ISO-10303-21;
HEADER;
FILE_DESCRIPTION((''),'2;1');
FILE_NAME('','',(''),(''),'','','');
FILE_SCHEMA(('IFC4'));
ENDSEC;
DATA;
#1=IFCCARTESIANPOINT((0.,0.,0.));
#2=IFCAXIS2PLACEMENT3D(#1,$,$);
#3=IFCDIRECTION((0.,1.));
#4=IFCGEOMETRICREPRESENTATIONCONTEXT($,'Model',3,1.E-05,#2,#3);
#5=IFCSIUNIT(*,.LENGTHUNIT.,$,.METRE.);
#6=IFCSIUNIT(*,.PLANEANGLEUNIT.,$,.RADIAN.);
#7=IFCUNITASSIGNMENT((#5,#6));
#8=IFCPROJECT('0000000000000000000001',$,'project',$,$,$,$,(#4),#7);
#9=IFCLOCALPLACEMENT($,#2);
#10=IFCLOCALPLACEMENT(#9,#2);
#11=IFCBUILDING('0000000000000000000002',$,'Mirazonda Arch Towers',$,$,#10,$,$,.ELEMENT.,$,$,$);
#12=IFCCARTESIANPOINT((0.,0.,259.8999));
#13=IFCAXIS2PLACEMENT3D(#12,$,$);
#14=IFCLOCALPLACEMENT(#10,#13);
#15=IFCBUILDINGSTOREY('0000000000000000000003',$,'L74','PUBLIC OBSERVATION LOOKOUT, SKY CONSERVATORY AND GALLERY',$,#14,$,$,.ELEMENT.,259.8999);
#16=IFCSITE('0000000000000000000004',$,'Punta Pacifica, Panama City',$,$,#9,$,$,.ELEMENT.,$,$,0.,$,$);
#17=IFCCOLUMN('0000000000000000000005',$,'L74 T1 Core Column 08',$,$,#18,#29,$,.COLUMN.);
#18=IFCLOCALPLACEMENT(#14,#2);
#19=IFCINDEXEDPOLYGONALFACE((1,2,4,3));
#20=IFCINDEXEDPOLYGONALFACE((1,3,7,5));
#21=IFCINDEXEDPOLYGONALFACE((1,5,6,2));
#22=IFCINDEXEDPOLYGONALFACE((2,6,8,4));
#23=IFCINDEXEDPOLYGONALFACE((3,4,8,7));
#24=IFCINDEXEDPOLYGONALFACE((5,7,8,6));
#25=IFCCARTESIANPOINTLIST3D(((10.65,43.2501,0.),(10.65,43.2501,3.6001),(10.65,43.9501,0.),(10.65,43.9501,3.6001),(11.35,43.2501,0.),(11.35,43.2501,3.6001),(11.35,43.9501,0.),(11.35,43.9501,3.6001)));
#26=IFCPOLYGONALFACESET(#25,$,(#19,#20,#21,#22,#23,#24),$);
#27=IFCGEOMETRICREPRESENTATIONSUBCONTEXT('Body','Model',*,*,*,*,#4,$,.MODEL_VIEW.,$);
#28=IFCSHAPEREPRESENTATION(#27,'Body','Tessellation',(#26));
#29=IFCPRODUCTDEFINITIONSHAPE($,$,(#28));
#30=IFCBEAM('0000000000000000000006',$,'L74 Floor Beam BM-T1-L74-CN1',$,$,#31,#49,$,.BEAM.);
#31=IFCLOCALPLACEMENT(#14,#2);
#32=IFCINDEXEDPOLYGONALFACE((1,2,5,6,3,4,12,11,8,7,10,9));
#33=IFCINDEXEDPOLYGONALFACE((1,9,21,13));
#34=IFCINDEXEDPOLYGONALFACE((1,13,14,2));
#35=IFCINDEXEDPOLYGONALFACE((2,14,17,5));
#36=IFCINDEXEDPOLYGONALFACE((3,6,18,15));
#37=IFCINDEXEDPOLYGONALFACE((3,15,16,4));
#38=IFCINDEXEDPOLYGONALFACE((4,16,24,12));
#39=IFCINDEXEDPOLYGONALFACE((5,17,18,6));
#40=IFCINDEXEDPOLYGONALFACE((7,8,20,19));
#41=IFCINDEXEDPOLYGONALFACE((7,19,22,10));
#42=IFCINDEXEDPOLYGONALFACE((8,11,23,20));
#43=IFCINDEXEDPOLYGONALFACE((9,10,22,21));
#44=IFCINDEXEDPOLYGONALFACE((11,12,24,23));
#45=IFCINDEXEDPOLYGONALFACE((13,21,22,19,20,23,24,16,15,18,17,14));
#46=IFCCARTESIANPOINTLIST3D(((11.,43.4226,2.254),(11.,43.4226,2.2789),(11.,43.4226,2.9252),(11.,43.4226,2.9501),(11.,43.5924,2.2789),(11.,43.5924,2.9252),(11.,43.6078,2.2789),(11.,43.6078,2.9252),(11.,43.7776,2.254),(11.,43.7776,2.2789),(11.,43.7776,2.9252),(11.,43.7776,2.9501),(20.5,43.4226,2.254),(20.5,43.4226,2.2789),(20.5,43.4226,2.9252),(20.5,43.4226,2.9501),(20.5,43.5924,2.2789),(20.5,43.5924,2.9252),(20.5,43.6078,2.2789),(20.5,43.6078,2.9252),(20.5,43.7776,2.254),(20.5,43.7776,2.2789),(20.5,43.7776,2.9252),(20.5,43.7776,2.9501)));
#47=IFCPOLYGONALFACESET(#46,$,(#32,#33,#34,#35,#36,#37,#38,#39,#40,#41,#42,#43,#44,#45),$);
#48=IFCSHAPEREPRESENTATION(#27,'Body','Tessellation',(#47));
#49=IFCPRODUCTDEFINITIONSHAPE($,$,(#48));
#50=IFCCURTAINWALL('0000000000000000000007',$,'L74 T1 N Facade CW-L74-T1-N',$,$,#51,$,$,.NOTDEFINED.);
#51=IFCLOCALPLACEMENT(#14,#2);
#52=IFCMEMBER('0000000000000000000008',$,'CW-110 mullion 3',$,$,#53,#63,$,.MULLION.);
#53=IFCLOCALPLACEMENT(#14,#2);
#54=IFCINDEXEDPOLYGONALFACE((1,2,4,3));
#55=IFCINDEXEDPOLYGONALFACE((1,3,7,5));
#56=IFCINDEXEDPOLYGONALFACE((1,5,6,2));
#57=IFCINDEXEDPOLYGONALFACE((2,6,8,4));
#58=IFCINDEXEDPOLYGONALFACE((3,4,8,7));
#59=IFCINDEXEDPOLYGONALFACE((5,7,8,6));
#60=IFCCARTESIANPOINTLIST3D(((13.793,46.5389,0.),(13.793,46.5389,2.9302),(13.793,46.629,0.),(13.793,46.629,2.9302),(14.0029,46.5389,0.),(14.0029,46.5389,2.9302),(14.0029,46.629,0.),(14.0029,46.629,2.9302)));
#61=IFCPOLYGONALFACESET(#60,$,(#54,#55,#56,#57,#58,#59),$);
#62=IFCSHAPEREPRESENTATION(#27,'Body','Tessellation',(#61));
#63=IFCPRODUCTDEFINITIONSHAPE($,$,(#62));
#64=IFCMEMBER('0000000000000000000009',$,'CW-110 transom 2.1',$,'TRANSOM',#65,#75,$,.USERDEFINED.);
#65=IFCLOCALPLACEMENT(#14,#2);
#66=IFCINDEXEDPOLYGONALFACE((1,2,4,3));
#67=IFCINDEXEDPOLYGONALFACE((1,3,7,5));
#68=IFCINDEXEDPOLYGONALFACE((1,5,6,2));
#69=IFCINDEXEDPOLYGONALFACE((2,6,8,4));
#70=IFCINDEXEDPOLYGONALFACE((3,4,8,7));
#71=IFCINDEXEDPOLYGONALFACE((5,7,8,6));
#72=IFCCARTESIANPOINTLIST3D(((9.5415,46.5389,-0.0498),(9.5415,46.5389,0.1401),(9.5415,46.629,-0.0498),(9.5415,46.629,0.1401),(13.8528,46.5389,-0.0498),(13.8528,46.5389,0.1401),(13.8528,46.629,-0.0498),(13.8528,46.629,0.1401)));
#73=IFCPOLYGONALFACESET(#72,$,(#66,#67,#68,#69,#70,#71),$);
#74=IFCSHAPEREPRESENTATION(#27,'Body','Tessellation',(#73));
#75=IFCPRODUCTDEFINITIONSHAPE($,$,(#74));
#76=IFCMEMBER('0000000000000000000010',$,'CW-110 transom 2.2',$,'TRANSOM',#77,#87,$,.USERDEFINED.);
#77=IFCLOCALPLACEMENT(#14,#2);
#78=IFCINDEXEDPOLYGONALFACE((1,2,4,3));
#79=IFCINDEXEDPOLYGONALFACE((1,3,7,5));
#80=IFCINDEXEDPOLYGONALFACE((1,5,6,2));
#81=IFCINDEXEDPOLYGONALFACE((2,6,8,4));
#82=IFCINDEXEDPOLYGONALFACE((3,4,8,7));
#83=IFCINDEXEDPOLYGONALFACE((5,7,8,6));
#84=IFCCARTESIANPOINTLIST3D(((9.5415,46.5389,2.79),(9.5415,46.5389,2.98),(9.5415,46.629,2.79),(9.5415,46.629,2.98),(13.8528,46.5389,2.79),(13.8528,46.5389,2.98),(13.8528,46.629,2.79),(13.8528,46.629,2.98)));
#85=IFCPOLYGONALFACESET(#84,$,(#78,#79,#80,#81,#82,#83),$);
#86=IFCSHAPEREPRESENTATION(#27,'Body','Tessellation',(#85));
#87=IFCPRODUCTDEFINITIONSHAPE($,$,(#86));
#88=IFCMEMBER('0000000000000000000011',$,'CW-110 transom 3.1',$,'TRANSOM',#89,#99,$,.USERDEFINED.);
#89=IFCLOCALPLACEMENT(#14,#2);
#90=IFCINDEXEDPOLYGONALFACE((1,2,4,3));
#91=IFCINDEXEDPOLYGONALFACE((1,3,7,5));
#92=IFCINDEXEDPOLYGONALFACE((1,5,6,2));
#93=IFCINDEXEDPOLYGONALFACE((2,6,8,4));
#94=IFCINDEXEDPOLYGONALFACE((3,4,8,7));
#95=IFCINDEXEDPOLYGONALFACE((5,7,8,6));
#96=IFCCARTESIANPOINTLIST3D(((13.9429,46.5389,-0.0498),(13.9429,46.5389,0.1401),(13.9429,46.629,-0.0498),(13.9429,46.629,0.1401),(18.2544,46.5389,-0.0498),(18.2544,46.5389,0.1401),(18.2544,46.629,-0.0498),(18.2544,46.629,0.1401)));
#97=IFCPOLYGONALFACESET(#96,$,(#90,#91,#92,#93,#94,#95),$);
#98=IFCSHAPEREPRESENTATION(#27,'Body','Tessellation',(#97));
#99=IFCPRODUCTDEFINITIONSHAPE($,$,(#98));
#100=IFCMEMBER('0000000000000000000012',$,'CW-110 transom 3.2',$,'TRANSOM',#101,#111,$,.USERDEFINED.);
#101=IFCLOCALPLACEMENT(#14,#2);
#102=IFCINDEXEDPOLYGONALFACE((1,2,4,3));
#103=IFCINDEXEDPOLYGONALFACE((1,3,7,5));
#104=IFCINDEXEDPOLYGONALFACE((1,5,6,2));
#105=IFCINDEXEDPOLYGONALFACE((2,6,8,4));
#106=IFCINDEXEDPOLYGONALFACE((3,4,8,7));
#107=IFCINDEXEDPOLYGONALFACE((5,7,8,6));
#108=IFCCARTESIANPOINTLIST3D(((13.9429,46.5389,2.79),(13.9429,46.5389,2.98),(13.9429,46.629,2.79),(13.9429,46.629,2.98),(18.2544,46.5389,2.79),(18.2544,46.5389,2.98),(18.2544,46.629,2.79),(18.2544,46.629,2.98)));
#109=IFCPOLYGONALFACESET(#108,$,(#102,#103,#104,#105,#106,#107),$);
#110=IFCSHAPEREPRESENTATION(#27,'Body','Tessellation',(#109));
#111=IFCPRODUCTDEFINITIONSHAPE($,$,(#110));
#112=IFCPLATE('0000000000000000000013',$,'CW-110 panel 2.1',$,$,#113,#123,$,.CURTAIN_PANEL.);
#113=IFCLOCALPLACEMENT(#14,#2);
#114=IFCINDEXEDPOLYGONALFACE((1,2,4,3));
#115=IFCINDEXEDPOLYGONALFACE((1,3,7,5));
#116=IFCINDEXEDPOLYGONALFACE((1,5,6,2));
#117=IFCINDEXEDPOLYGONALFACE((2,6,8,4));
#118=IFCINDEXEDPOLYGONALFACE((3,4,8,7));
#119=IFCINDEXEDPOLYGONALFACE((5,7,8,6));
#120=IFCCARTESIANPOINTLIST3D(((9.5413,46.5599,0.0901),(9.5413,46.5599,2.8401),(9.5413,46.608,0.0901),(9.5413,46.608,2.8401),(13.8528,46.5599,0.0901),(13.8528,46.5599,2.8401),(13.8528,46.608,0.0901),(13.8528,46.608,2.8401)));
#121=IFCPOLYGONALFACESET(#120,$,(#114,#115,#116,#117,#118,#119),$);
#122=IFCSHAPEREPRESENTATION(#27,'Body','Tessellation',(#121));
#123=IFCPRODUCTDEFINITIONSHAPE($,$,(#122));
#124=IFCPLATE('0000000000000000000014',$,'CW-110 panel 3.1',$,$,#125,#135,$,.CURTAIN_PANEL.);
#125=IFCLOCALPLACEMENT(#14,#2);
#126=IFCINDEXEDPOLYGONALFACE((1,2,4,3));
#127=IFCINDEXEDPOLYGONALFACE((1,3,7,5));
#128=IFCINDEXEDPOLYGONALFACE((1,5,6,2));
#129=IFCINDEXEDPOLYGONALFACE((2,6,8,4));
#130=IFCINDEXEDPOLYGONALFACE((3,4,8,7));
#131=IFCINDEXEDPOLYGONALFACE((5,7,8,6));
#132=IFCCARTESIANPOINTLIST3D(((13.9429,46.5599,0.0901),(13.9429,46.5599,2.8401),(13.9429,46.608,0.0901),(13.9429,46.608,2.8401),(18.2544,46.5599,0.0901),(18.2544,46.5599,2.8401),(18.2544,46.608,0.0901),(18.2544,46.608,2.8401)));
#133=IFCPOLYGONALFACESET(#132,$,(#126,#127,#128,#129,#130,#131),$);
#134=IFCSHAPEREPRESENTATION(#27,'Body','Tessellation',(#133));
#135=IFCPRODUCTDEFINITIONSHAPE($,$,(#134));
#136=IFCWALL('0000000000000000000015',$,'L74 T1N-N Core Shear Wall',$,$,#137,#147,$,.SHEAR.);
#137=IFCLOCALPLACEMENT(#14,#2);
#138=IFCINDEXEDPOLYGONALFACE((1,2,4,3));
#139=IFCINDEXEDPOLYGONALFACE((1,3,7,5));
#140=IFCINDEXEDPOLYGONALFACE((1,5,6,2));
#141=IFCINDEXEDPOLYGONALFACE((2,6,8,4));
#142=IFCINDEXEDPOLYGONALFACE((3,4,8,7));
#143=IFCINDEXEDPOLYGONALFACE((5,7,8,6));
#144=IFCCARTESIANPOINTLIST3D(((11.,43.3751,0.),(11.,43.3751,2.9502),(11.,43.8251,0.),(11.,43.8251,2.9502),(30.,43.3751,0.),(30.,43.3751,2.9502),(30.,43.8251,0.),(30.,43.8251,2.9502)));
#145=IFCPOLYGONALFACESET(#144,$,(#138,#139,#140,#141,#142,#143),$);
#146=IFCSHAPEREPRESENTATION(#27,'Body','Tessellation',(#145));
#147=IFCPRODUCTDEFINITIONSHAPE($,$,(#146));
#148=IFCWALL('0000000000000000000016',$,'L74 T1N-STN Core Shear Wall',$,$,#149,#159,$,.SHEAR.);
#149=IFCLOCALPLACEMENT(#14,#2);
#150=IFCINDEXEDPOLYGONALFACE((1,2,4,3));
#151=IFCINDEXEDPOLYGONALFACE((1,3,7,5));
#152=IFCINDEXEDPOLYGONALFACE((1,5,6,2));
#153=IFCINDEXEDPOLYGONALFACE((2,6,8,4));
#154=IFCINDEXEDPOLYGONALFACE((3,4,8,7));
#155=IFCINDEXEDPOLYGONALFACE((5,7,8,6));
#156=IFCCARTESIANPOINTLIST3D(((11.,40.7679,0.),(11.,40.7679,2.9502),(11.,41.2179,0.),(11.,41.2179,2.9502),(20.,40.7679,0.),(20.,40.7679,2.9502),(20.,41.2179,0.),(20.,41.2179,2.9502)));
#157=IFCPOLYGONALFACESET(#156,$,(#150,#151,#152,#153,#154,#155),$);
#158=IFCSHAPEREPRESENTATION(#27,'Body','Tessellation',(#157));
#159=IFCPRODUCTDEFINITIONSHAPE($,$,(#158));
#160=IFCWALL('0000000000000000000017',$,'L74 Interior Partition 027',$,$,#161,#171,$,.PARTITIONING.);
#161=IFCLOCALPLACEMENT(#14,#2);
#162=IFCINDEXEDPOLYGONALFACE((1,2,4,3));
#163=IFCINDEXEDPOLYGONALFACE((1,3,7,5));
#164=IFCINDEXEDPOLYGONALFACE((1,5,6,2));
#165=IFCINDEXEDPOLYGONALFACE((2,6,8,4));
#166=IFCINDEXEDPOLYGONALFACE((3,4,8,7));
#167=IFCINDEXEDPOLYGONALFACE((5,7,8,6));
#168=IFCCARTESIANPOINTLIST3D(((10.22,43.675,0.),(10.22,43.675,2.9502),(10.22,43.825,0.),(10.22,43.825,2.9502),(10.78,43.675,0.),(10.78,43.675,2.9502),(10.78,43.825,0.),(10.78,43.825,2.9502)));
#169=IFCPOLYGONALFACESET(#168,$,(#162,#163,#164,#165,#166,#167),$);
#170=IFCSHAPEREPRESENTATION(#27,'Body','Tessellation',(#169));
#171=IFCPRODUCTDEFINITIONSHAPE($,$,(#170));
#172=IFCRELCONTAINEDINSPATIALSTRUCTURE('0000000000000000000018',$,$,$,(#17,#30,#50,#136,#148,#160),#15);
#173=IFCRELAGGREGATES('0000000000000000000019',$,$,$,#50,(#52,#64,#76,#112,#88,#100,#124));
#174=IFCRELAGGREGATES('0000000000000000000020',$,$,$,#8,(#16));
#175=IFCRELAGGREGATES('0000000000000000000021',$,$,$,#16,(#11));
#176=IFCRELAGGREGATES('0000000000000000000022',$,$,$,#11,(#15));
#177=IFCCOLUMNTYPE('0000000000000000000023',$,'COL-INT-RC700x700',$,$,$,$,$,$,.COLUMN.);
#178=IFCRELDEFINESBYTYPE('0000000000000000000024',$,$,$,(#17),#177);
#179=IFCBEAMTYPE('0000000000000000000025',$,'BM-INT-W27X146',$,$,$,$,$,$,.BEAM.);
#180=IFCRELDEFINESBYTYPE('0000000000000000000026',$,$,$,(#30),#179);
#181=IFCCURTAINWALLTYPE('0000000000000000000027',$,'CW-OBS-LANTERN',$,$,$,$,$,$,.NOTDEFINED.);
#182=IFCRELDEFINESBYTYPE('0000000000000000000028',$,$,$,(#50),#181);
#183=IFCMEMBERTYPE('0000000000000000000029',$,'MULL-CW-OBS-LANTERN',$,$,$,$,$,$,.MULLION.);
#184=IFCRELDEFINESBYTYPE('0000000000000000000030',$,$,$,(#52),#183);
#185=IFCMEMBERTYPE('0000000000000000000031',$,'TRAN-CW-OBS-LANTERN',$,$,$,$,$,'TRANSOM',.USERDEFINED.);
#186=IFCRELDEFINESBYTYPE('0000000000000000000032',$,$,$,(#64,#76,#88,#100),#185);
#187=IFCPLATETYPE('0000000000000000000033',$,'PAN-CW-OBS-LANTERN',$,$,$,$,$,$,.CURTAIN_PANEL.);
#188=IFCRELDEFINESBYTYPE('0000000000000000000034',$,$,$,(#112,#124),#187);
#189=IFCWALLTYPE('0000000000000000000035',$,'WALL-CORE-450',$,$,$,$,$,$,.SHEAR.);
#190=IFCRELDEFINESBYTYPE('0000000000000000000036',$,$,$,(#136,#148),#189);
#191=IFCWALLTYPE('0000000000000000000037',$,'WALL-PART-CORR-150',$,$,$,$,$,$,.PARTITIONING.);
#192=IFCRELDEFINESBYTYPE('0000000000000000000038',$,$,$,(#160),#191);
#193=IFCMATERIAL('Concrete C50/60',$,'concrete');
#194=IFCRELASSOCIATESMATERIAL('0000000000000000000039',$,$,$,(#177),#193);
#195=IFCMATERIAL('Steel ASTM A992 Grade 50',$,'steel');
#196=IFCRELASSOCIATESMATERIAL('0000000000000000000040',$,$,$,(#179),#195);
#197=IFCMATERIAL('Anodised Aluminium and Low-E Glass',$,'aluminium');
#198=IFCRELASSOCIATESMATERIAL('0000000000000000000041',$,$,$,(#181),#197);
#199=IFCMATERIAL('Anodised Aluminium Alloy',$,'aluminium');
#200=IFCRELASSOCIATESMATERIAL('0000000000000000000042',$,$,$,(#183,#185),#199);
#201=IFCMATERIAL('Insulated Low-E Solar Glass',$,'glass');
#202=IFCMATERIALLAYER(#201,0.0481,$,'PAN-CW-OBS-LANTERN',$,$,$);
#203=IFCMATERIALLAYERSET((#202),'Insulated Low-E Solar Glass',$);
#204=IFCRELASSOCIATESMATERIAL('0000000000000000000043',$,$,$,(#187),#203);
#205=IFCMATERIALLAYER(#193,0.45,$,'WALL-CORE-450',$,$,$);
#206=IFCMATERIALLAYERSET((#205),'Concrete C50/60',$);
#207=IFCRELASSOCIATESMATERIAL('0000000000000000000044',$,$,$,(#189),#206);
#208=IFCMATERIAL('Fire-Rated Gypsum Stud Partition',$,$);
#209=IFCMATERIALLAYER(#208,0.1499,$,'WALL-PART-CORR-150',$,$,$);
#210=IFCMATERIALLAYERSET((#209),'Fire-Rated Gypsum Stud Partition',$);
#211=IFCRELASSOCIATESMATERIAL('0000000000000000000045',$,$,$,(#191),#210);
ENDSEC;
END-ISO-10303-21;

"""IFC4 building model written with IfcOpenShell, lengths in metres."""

from ifc_helpers import new_model, si_unit, direction, frame, frame_2d, origin, origin_2d, place, context, subcontext, project, spatial, rectangle, i_section, extrude, material, layer, layer_set, material_profile, profile_set, type_object, element, aggregate, save


model = new_model("IFC4")

# Units and contexts
model_context = context("Model", 3, precision=1e-05, world=origin(), true_north=direction((0.0, 1.0)))
body_context = subcontext(model_context, "Body", "Model", "MODEL_VIEW")
ifc_project = project(units=[si_unit("LENGTHUNIT", "METRE"), si_unit("PLANEANGLEUNIT", "RADIAN")], contexts=[model_context])

# Site, building, storey
site_placement = place(None, origin())
site = spatial("IfcSite", under=ifc_project, at=site_placement, Name="Punta Pacifica, Panama City", CompositionType="ELEMENT", RefElevation=0.0)
building_placement = place(site_placement, origin())
building = spatial("IfcBuilding", under=site, at=building_placement, Name="Mirazonda Arch Towers", CompositionType="ELEMENT")
storey_placement = place(building_placement, frame((0.0, 0.0, 259.8999)))
storey = spatial("IfcBuildingStorey", under=building, at=storey_placement, Name="L74", Description="PUBLIC OBSERVATION LOOKOUT, SKY CONSERVATORY AND GALLERY", CompositionType="ELEMENT", Elevation=259.8999)

# Column
ifc_material_1 = material(Name="Concrete C50/60", Category="concrete")
ifc_material_profile_1 = material_profile(ifc_material_1, rectangle(XDim=0.7, YDim=0.7, at=origin_2d()), Name="RC700x700")
ifc_profile_set_1 = profile_set([ifc_material_profile_1], Name="Concrete C50/60")
column_type = type_object("IfcColumnType", Name="COL-INT-RC700x700", PredefinedType="COLUMN", material=ifc_profile_set_1)
column_placement = place(storey_placement, frame((11.0, 43.6001, 0.0), z_axis=(0.0, 0.0, 1.0), x_axis=(1.0, 0.0, 0.0)))
element("IfcColumn", 1, at=column_placement, inside=storey, type_object=column_type, Name="L74 T1 Core Column 08", PredefinedType="COLUMN", context=body_context, shape_type="SweptSolid", body=[
    extrude(rectangle(XDim=0.7, YDim=0.7, at=origin_2d()), origin(), (0.0, 0.0, 1.0), 3.6001),
])

# Beam
ifc_material_2 = material(Name="Steel ASTM A992 Grade 50", Category="steel")
ifc_material_profile_2 = material_profile(ifc_material_2, i_section(OverallWidth=0.355, OverallDepth=0.696, WebThickness=0.0154, FlangeThickness=0.0249, at=origin_2d()), Name="W27X146")
ifc_profile_set_2 = profile_set([ifc_material_profile_2], Name="Steel ASTM A992 Grade 50")
beam_type = type_object("IfcBeamType", Name="BM-INT-W27X146", PredefinedType="BEAM", material=ifc_profile_set_2)
beam_placement = place(storey_placement, frame((11.0, 43.6001, 2.6021), z_axis=(1.0, 0.0, 0.0), x_axis=(0.0, 1.0, 0.0)))
element("IfcBeam", 2, at=beam_placement, inside=storey, type_object=beam_type, Name="L74 Floor Beam BM-T1-L74-CN1", PredefinedType="BEAM", context=body_context, shape_type="SweptSolid", body=[
    extrude(i_section(OverallWidth=0.355, OverallDepth=0.696, WebThickness=0.0154, FlangeThickness=0.0249, at=origin_2d()), origin(), (0.0, 0.0, 1.0), 9.5),
])

# Curtain wall, members, plates
ifc_material_3 = material(Name="Anodised Aluminium and Low-E Glass", Category="aluminium")
curtain_wall_type = type_object("IfcCurtainWallType", Name="CW-OBS-LANTERN", PredefinedType="NOTDEFINED", material=ifc_material_3)
curtain_wall_placement = place(storey_placement, origin())
curtain_wall = element("IfcCurtainWall", 3, at=curtain_wall_placement, inside=storey, type_object=curtain_wall_type, Name="L74 T1 N Facade CW-L74-T1-N", PredefinedType="NOTDEFINED")
ifc_material_4 = material(Name="Anodised Aluminium Alloy", Category="aluminium")
ifc_material_profile_3 = material_profile(ifc_material_4, rectangle(XDim=0.0901, YDim=0.21, at=origin_2d()), Name="ALU-MULL-90x210")
ifc_profile_set_3 = profile_set([ifc_material_profile_3], Name="Anodised Aluminium Alloy")
member_type_1 = type_object("IfcMemberType", Name="MULL-CW-OBS-LANTERN", PredefinedType="MULLION", material=ifc_profile_set_3)
member_1_placement = place(storey_placement, frame((13.8979, 46.584, 0.0), z_axis=(0.0, 0.0, 1.0), x_axis=(0.0, 1.0, 0.0)))
member_1 = element("IfcMember", 4, at=member_1_placement, type_object=member_type_1, Name="CW-110 mullion 3", PredefinedType="MULLION", context=body_context, shape_type="SweptSolid", body=[
    extrude(rectangle(XDim=0.0901, YDim=0.21, at=origin_2d()), origin(), (0.0, 0.0, 1.0), 2.9302),
])
ifc_material_profile_4 = material_profile(ifc_material_4, rectangle(XDim=0.0901, YDim=0.1899, at=origin_2d()), Name="ALU-TRAN-90x190")
ifc_profile_set_4 = profile_set([ifc_material_profile_4], Name="Anodised Aluminium Alloy")
member_type_2 = type_object("IfcMemberType", Name="TRAN-CW-OBS-LANTERN", ElementType="TRANSOM", PredefinedType="USERDEFINED", material=ifc_profile_set_4)
member_2_placement = place(storey_placement, frame((9.5415, 46.584, 0.0452), z_axis=(1.0, 0.0, 0.0), x_axis=(0.0, 1.0, 0.0)))
member_2 = element("IfcMember", 5, at=member_2_placement, type_object=member_type_2, Name="CW-110 transom 2.1", ObjectType="TRANSOM", PredefinedType="USERDEFINED", context=body_context, shape_type="SweptSolid", body=[
    extrude(rectangle(XDim=0.0901, YDim=0.1899, at=origin_2d()), origin(), (0.0, 0.0, 1.0), 4.3113),
])
member_3_placement = place(storey_placement, frame((9.5415, 46.584, 2.885), z_axis=(1.0, 0.0, 0.0), x_axis=(0.0, 1.0, 0.0)))
member_3 = element("IfcMember", 6, at=member_3_placement, type_object=member_type_2, Name="CW-110 transom 2.2", ObjectType="TRANSOM", PredefinedType="USERDEFINED", context=body_context, shape_type="SweptSolid", body=[
    extrude(rectangle(XDim=0.0901, YDim=0.1899, at=origin_2d()), origin(), (0.0, 0.0, 1.0), 4.3113),
])
member_4_placement = place(storey_placement, frame((13.9429, 46.584, 0.0452), z_axis=(1.0, 0.0, 0.0), x_axis=(0.0, 1.0, 0.0)))
member_4 = element("IfcMember", 7, at=member_4_placement, type_object=member_type_2, Name="CW-110 transom 3.1", ObjectType="TRANSOM", PredefinedType="USERDEFINED", context=body_context, shape_type="SweptSolid", body=[
    extrude(rectangle(XDim=0.0901, YDim=0.1899, at=origin_2d()), origin(), (0.0, 0.0, 1.0), 4.3115),
])
member_5_placement = place(storey_placement, frame((13.9429, 46.584, 2.885), z_axis=(1.0, 0.0, 0.0), x_axis=(0.0, 1.0, 0.0)))
member_5 = element("IfcMember", 8, at=member_5_placement, type_object=member_type_2, Name="CW-110 transom 3.2", ObjectType="TRANSOM", PredefinedType="USERDEFINED", context=body_context, shape_type="SweptSolid", body=[
    extrude(rectangle(XDim=0.0901, YDim=0.1899, at=origin_2d()), origin(), (0.0, 0.0, 1.0), 4.3115),
])
ifc_material_5 = material(Name="Insulated Low-E Solar Glass", Category="glass")
ifc_layer_1 = layer(ifc_material_5, 0.0481, Name="PAN-CW-OBS-LANTERN")
ifc_layer_set_1 = layer_set([ifc_layer_1], Name="Insulated Low-E Solar Glass")
plate_type = type_object("IfcPlateType", Name="PAN-CW-OBS-LANTERN", PredefinedType="CURTAIN_PANEL", material=ifc_layer_set_1)
plate_1_placement = place(storey_placement, frame((11.697, 46.584, 0.0901), z_axis=(0.0, 0.0, 1.0), x_axis=(1.0, 0.0, 0.0)))
plate_1 = element("IfcPlate", 9, at=plate_1_placement, type_object=plate_type, Name="CW-110 panel 2.1", PredefinedType="CURTAIN_PANEL", context=body_context, shape_type="SweptSolid", body=[
    extrude(rectangle(XDim=4.3115, YDim=0.0481, at=origin_2d()), origin(), (0.0, 0.0, 1.0), 2.75),
])
plate_2_placement = place(storey_placement, frame((16.0986, 46.584, 0.0901), z_axis=(0.0, 0.0, 1.0), x_axis=(1.0, 0.0, 0.0)))
plate_2 = element("IfcPlate", 10, at=plate_2_placement, type_object=plate_type, Name="CW-110 panel 3.1", PredefinedType="CURTAIN_PANEL", context=body_context, shape_type="SweptSolid", body=[
    extrude(rectangle(XDim=4.3115, YDim=0.0481, at=origin_2d()), origin(), (0.0, 0.0, 1.0), 2.75),
])
aggregate(curtain_wall, [member_1, member_2, member_3, plate_1, member_4, member_5, plate_2])

# Walls
ifc_layer_2 = layer(ifc_material_1, 0.45, Name="WALL-CORE-450")
ifc_layer_set_2 = layer_set([ifc_layer_2], Name="Concrete C50/60")
wall_type_1 = type_object("IfcWallType", Name="WALL-CORE-450", PredefinedType="SHEAR", material=ifc_layer_set_2)
wall_1_placement = place(storey_placement, frame((11.0, 43.6001, 0.0), z_axis=(0.0, 0.0, 1.0), x_axis=(1.0, 0.0, 0.0)))
element("IfcWall", 11, at=wall_1_placement, inside=storey, type_object=wall_type_1, Name="L74 T1N-N Core Shear Wall", PredefinedType="SHEAR", context=body_context, shape_type="SweptSolid", body=[
    extrude(rectangle(XDim=19.0, YDim=0.45, at=frame_2d((9.5, 0.0))), origin(), (0.0, 0.0, 1.0), 2.9502),
])
wall_2_placement = place(storey_placement, frame((11.0, 40.9929, 0.0), z_axis=(0.0, 0.0, 1.0), x_axis=(1.0, 0.0, 0.0)))
element("IfcWall", 12, at=wall_2_placement, inside=storey, type_object=wall_type_1, Name="L74 T1N-STN Core Shear Wall", PredefinedType="SHEAR", context=body_context, shape_type="SweptSolid", body=[
    extrude(rectangle(XDim=9.0, YDim=0.45, at=frame_2d((4.5, 0.0))), origin(), (0.0, 0.0, 1.0), 2.9502),
])
ifc_material_6 = material(Name="Fire-Rated Gypsum Stud Partition")
ifc_layer_3 = layer(ifc_material_6, 0.1499, Name="WALL-PART-CORR-150")
ifc_layer_set_3 = layer_set([ifc_layer_3], Name="Fire-Rated Gypsum Stud Partition")
wall_type_2 = type_object("IfcWallType", Name="WALL-PART-CORR-150", PredefinedType="PARTITIONING", material=ifc_layer_set_3)
wall_3_placement = place(storey_placement, frame((10.22, 43.75, 0.0), z_axis=(0.0, 0.0, 1.0), x_axis=(1.0, 0.0, 0.0)))
element("IfcWall", 13, at=wall_3_placement, inside=storey, type_object=wall_type_2, Name="L74 Interior Partition 027", PredefinedType="PARTITIONING", context=body_context, shape_type="SweptSolid", body=[
    extrude(rectangle(XDim=0.5601, YDim=0.1499, at=frame_2d((0.28, 0.0))), origin(), (0.0, 0.0, 1.0), 2.9502),
])

save(model, "model.ifc")
